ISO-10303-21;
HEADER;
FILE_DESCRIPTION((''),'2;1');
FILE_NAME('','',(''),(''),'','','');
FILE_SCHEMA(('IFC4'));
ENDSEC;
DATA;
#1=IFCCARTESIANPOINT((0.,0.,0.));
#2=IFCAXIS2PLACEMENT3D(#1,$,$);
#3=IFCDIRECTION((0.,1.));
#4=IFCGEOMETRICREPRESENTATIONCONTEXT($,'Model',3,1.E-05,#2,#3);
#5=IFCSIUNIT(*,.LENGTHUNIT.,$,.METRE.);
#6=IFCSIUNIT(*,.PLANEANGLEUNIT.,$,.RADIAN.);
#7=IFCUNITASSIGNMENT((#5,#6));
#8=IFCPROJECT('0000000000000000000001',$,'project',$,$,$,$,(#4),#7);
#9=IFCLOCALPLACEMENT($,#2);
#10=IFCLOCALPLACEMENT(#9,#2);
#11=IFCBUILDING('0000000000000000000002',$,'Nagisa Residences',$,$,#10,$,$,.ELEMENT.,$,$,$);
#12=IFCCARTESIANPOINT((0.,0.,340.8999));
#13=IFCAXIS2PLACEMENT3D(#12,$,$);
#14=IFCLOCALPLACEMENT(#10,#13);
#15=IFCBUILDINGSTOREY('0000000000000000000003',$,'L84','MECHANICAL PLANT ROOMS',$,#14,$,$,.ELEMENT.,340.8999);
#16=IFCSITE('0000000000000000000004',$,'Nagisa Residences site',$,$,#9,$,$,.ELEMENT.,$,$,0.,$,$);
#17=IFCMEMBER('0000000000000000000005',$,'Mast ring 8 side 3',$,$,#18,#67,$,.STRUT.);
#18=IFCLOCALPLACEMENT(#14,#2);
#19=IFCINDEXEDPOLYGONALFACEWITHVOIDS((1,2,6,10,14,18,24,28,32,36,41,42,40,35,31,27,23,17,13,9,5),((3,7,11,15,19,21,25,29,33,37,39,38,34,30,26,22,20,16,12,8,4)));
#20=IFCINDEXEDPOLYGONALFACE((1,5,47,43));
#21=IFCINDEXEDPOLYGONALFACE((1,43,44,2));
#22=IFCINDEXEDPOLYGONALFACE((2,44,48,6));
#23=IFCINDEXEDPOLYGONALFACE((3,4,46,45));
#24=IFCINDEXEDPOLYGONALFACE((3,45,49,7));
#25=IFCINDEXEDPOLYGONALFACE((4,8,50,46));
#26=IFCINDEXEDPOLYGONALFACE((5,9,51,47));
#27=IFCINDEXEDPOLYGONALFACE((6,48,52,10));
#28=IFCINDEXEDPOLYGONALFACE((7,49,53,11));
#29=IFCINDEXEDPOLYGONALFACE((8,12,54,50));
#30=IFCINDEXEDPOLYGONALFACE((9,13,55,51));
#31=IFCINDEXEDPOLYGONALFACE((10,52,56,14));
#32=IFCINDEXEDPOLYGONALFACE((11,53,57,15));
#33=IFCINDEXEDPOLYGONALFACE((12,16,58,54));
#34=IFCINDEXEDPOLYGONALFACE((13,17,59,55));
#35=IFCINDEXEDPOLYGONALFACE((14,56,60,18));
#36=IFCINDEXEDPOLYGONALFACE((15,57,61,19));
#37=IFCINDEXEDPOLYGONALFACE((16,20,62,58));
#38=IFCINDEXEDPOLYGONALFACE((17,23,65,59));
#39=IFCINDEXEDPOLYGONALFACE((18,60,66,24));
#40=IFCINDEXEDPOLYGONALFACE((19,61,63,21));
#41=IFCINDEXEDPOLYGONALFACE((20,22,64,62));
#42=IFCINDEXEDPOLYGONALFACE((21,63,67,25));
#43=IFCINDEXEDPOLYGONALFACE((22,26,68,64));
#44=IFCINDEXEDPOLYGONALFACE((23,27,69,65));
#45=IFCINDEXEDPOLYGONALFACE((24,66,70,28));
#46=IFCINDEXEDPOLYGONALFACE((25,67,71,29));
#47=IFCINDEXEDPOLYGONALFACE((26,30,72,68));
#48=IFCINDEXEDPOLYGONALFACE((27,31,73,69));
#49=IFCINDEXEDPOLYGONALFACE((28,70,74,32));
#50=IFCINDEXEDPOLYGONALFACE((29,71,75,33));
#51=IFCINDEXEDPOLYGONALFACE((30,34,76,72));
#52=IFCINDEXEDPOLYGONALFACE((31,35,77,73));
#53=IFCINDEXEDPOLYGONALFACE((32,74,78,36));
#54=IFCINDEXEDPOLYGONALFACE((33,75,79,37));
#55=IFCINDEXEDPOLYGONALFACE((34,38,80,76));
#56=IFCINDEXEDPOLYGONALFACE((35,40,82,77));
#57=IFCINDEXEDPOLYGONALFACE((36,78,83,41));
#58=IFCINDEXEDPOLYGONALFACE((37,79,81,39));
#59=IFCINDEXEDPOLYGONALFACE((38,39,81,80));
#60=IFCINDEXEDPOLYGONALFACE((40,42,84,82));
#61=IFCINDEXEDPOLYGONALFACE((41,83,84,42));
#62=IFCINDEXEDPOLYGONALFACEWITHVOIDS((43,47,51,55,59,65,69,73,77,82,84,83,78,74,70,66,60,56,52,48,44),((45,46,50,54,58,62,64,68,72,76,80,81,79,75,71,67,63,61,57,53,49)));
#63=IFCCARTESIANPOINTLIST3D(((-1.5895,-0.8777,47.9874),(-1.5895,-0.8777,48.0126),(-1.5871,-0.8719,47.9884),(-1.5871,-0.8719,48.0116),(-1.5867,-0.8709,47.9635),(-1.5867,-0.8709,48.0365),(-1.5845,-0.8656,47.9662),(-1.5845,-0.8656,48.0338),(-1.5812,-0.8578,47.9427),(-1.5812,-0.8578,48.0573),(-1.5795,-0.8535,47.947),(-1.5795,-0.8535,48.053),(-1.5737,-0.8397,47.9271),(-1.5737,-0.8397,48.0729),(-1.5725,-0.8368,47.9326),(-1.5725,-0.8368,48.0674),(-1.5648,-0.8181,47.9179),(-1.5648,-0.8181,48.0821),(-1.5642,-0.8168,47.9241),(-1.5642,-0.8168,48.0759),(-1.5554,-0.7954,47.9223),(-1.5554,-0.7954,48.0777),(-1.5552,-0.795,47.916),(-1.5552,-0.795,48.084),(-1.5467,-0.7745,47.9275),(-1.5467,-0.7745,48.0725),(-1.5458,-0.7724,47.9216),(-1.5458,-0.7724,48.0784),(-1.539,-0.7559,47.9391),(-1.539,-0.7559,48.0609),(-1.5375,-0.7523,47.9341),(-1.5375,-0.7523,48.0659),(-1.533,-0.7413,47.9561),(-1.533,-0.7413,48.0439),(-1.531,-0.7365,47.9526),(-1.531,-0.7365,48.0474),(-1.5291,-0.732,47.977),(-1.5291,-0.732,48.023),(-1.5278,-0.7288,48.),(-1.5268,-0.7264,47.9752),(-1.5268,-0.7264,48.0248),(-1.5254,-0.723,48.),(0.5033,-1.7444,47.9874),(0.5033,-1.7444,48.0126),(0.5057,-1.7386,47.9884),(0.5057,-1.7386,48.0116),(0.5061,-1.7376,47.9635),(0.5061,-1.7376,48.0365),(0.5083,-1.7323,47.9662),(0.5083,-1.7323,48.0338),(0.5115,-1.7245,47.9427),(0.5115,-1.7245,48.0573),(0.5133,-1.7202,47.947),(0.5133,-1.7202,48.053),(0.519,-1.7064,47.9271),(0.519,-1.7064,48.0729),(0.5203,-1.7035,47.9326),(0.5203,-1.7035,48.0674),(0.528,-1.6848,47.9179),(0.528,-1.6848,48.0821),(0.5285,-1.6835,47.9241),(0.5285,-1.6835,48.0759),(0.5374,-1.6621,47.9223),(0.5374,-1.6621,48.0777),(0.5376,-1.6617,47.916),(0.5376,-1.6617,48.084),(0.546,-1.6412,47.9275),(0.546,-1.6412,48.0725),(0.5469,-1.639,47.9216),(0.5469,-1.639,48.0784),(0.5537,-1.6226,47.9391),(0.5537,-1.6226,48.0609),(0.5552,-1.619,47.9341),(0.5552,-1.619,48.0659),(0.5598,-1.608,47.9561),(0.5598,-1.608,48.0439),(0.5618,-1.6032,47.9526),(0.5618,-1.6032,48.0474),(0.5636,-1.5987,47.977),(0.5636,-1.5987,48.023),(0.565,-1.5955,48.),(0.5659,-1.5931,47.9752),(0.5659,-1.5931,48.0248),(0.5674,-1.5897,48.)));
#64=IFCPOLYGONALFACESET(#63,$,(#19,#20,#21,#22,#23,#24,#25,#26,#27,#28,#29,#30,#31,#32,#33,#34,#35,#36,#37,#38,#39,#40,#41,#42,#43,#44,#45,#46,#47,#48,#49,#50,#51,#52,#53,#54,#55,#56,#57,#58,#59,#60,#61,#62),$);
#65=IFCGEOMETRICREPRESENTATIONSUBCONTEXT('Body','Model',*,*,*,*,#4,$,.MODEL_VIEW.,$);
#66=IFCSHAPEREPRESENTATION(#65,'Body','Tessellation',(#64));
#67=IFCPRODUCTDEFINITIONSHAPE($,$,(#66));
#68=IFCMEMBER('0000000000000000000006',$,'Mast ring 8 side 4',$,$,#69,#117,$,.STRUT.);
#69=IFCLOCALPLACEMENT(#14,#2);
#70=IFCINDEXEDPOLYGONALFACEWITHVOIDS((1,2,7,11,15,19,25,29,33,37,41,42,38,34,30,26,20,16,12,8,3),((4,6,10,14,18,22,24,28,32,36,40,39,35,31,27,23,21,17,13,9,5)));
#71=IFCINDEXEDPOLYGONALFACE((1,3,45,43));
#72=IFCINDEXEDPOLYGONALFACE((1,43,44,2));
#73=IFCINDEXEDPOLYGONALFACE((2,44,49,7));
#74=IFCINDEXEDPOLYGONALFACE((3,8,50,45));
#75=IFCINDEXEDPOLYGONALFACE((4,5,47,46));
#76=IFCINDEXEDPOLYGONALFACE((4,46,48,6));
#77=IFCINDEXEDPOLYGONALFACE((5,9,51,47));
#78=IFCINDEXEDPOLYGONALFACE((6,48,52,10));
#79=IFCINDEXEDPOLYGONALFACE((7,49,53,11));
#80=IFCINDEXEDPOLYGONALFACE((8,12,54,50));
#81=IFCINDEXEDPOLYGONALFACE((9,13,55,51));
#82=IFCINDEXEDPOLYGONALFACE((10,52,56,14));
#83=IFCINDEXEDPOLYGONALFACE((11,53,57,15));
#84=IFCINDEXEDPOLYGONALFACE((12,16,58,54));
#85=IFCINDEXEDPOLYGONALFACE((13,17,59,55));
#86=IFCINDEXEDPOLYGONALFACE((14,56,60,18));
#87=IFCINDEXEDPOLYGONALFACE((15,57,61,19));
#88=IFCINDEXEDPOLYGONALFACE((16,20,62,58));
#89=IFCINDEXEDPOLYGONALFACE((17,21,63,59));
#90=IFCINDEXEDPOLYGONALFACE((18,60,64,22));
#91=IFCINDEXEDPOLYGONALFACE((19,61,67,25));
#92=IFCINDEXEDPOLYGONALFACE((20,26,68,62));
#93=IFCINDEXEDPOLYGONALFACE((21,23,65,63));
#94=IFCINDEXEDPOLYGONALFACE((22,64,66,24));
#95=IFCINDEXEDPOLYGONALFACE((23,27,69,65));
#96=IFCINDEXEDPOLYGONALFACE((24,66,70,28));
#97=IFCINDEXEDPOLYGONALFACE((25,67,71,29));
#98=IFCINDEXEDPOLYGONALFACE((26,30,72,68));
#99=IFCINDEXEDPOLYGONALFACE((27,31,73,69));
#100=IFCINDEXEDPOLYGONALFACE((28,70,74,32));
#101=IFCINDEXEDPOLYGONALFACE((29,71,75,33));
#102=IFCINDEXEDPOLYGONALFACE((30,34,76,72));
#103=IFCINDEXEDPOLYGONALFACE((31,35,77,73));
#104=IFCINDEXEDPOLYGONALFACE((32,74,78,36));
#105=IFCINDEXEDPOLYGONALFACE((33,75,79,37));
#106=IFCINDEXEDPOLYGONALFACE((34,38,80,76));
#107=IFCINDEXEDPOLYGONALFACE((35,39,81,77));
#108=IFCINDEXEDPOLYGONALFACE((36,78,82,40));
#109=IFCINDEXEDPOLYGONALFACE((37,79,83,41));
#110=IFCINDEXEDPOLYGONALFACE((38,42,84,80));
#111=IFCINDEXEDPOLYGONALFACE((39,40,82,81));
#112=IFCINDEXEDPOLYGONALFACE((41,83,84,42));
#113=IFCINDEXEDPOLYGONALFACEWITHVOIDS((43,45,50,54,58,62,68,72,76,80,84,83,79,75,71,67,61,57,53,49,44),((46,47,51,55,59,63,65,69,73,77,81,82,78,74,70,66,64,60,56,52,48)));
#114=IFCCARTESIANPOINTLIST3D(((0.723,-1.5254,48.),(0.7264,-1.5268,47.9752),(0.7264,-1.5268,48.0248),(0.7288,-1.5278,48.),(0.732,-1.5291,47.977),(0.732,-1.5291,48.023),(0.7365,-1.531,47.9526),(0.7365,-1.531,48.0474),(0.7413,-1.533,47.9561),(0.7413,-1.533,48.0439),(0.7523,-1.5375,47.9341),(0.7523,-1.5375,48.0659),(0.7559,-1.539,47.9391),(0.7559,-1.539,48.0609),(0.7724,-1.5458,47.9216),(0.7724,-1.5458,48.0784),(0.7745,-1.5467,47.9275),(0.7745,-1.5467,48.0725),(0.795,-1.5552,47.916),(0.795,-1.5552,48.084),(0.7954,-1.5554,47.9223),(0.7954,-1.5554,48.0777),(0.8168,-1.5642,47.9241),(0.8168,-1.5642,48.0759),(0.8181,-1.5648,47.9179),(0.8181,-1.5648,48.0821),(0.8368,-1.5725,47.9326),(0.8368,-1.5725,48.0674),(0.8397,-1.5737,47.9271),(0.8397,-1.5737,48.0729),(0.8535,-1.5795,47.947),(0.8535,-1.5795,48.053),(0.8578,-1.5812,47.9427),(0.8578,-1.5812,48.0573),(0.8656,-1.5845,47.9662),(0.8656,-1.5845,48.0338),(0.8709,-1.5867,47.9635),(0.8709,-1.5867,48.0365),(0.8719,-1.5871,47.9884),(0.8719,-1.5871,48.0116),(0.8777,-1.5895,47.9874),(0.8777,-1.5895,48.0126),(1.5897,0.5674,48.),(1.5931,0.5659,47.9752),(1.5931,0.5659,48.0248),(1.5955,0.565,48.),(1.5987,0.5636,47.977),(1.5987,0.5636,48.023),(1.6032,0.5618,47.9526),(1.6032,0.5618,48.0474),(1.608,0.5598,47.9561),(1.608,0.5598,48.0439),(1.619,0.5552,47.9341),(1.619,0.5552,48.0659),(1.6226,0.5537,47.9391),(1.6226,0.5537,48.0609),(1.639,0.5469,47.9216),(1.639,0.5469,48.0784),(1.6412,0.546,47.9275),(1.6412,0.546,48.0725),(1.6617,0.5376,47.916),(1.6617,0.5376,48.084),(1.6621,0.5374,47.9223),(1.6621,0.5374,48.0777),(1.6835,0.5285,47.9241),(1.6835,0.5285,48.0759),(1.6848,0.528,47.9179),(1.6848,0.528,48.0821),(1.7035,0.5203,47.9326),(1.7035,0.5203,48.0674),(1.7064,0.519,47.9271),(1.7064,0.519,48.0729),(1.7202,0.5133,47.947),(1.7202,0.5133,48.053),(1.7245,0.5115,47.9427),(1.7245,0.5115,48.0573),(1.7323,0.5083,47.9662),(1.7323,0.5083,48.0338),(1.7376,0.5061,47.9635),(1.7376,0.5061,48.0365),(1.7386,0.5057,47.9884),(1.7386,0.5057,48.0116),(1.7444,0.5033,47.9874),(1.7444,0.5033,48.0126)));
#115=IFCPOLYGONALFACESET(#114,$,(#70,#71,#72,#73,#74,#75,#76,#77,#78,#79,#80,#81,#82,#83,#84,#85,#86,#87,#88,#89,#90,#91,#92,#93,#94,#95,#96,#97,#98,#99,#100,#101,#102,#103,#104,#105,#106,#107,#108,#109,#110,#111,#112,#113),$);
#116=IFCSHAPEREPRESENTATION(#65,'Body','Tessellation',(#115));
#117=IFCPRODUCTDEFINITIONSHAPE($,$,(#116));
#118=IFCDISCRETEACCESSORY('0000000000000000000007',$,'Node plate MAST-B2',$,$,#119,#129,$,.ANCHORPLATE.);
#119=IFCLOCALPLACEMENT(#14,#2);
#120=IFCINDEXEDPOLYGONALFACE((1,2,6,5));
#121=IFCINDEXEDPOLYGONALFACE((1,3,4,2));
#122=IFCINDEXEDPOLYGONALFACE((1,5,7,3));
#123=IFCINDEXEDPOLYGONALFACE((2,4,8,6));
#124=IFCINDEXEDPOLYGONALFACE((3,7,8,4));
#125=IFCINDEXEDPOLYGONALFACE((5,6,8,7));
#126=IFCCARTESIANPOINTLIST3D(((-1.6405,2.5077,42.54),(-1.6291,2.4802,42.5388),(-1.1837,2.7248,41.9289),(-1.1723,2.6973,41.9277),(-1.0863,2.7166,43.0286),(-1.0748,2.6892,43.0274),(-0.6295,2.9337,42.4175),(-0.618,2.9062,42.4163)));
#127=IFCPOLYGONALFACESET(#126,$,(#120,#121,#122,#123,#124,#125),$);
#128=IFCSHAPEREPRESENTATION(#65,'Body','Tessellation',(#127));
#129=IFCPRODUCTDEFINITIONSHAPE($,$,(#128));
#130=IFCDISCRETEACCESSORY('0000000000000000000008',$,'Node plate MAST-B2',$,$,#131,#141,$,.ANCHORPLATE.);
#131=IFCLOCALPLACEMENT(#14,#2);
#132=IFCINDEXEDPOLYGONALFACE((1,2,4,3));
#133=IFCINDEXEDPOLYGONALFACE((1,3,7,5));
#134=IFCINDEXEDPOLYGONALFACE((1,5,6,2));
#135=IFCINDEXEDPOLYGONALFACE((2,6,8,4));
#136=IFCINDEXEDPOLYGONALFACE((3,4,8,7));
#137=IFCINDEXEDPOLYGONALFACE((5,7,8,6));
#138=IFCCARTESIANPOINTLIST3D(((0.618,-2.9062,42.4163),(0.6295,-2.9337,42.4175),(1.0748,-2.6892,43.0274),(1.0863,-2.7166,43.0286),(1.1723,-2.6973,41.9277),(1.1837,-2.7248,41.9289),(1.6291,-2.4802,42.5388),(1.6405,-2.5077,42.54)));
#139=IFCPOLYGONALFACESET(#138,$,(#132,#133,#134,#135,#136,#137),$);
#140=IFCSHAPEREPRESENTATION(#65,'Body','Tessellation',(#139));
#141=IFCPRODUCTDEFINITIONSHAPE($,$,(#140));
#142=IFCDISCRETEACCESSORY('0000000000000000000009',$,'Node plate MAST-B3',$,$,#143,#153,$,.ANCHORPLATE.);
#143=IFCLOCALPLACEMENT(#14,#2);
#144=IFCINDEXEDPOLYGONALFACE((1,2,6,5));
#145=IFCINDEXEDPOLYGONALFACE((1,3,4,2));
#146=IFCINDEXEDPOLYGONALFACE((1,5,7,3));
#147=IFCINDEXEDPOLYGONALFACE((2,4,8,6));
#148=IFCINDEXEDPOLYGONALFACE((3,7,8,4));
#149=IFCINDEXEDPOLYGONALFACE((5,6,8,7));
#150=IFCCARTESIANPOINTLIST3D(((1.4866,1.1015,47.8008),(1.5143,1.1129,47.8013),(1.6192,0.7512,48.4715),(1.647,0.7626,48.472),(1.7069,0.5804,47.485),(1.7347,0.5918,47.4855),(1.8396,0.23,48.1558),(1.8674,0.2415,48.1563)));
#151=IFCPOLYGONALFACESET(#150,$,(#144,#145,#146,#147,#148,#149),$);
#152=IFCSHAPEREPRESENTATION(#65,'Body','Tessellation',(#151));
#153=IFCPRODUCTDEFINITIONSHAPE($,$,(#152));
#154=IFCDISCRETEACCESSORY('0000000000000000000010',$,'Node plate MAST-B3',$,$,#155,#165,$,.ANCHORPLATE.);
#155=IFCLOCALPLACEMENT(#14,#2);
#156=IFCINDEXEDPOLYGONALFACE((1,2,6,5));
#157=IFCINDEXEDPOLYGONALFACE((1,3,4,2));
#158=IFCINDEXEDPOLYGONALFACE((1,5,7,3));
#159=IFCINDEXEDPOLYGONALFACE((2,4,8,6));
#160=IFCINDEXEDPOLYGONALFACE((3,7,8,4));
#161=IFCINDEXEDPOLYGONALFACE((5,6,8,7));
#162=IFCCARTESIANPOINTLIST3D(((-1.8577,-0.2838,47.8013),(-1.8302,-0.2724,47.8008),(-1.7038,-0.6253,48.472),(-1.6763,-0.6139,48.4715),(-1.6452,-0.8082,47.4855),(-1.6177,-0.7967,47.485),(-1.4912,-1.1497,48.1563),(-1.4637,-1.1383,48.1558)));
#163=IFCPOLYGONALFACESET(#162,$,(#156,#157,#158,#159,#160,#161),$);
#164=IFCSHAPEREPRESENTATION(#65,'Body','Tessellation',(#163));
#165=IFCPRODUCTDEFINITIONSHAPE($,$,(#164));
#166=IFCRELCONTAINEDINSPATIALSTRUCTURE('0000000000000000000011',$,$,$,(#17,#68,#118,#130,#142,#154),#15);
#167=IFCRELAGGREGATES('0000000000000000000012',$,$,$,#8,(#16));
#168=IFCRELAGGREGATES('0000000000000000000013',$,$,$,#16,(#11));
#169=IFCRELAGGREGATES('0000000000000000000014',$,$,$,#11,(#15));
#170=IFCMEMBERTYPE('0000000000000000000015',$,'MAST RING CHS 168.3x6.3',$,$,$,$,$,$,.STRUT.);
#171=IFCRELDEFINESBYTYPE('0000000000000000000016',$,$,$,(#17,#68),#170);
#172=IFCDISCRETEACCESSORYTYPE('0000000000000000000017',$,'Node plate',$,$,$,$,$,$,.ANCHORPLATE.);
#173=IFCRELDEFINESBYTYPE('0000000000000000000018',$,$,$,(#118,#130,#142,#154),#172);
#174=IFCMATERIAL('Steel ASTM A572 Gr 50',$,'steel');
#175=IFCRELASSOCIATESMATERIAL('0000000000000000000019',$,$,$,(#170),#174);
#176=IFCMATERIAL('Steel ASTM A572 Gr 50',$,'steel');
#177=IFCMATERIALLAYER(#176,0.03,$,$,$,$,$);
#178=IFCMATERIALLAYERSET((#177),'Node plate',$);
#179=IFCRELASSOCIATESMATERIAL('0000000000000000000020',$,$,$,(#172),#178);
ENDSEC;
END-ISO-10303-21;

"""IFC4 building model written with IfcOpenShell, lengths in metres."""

from ifc_helpers import new_model, si_unit, direction, frame, origin, origin_2d, place, context, subcontext, project, spatial, rectangle, hollow_circle, extrude, material, layer, layer_set, material_profile, profile_set, type_object, element, save


model = new_model("IFC4")

# Units and contexts
model_context = context("Model", 3, precision=1e-05, world=origin(), true_north=direction((0.0, 1.0)))
body_context = subcontext(model_context, "Body", "Model", "MODEL_VIEW")
ifc_project = project(units=[si_unit("LENGTHUNIT", "METRE"), si_unit("PLANEANGLEUNIT", "RADIAN")], contexts=[model_context])

# Site, building, storey
site_placement = place(None, origin())
site = spatial("IfcSite", under=ifc_project, at=site_placement, Name="Nagisa Residences site", CompositionType="ELEMENT", RefElevation=0.0)
building_placement = place(site_placement, origin())
building = spatial("IfcBuilding", under=site, at=building_placement, Name="Nagisa Residences", CompositionType="ELEMENT")
storey_placement = place(building_placement, frame((0.0, 0.0, 340.8999)))
storey = spatial("IfcBuildingStorey", under=building, at=storey_placement, Name="L84", Description="MECHANICAL PLANT ROOMS", CompositionType="ELEMENT", Elevation=340.8999)

# Members
ifc_material_1 = material(Name="Steel ASTM A572 Gr 50", Category="steel")
ifc_material_profile_1 = material_profile(ifc_material_1, hollow_circle(Radius=0.0842, WallThickness=0.0063, at=origin_2d()), Name="MAST RING CHS 168.3x6.3")
ifc_profile_set_1 = profile_set([ifc_material_profile_1], Name="Steel ASTM A572 Gr 50")
member_type_1 = type_object("IfcMemberType", Name="MAST RING CHS 168.3x6.3", PredefinedType="STRUT", material=ifc_profile_set_1)
for number, where, z_axis, x_axis, name in (
    (1, (-1.5576, -0.8008, 48.0), (0.923904, -0.382625, 0.0), (0.382625, 0.923904, 0.0), "Mast ring 8 side 3"),
    (2, (0.8008, -1.5576, 48.0), (0.382625, 0.923904, 0.0), (-0.923904, 0.382625, 0.0), "Mast ring 8 side 4"),
):
    element("IfcMember", number, at=place(storey_placement, frame(where, z_axis=z_axis, x_axis=x_axis)), inside=storey, type_object=member_type_1, Name=name, PredefinedType="STRUT", context=body_context, shape_type="SweptSolid", body=[
        extrude(hollow_circle(Radius=0.0842, WallThickness=0.0063, at=origin_2d()), origin(), (0.0, 0.0, 1.0), 2.2651),
    ])

# Discrete accessories
ifc_material_2 = material(Name="Steel ASTM A572 Gr 50", Category="steel")
ifc_layer = layer(ifc_material_2, 0.03)
ifc_layer_set = layer_set([ifc_layer], Name="Node plate")
discrete_accessory_type = type_object("IfcDiscreteAccessoryType", Name="Node plate", PredefinedType="ANCHORPLATE", material=ifc_layer_set)
for number, where, z_axis, x_axis, name in (
    (3, (-1.135, 2.7207, 42.4788), (0.383715, -0.922549, -0.040821), (0.57589, 0.273617, -0.770379), "Node plate MAST-B2"),
    (4, (1.135, -2.7207, 42.4788), (-0.383715, 0.922549, -0.040821), (-0.57589, -0.273617, -0.770379), "Node plate MAST-B2"),
):
    element("IfcDiscreteAccessory", number, at=place(storey_placement, frame(where, z_axis=z_axis, x_axis=x_axis)), inside=storey, type_object=discrete_accessory_type, Name=name, PredefinedType="ANCHORPLATE", context=body_context, shape_type="SweptSolid", body=[
        extrude(rectangle(XDim=0.7932, YDim=0.7678, at=origin_2d()), origin(), (0.0, 0.0, 1.0), 0.0298),
    ])
discrete_accessory_1_placement = place(storey_placement, frame((1.6631, 0.6658, 47.9783), z_axis=(0.924388, 0.381108, 0.016217), x_axis=(-0.172684, 0.456003, -0.873064)))
element("IfcDiscreteAccessory", 5, at=discrete_accessory_1_placement, inside=storey, type_object=discrete_accessory_type, Name="Node plate MAST-B3", PredefinedType="ANCHORPLATE", context=body_context, shape_type="SweptSolid", body=[
    extrude(rectangle(XDim=0.7683, YDim=0.6479, at=origin_2d()), origin(), (0.0, 0.0, 1.0), 0.03),
])
discrete_accessory_2_placement = place(storey_placement, frame((-1.647, -0.7053, 47.9783), z_axis=(-0.923195, -0.383984, 0.01634), x_axis=(-0.200352, 0.444545, -0.873063)))
element("IfcDiscreteAccessory", 6, at=discrete_accessory_2_placement, inside=storey, type_object=discrete_accessory_type, Name="Node plate MAST-B3", PredefinedType="ANCHORPLATE", context=body_context, shape_type="SweptSolid", body=[
    extrude(rectangle(XDim=0.7683, YDim=0.6479, at=origin_2d()), origin(), (0.0, 0.0, 1.0), 0.0298),
])

save(model, "model.ifc")
